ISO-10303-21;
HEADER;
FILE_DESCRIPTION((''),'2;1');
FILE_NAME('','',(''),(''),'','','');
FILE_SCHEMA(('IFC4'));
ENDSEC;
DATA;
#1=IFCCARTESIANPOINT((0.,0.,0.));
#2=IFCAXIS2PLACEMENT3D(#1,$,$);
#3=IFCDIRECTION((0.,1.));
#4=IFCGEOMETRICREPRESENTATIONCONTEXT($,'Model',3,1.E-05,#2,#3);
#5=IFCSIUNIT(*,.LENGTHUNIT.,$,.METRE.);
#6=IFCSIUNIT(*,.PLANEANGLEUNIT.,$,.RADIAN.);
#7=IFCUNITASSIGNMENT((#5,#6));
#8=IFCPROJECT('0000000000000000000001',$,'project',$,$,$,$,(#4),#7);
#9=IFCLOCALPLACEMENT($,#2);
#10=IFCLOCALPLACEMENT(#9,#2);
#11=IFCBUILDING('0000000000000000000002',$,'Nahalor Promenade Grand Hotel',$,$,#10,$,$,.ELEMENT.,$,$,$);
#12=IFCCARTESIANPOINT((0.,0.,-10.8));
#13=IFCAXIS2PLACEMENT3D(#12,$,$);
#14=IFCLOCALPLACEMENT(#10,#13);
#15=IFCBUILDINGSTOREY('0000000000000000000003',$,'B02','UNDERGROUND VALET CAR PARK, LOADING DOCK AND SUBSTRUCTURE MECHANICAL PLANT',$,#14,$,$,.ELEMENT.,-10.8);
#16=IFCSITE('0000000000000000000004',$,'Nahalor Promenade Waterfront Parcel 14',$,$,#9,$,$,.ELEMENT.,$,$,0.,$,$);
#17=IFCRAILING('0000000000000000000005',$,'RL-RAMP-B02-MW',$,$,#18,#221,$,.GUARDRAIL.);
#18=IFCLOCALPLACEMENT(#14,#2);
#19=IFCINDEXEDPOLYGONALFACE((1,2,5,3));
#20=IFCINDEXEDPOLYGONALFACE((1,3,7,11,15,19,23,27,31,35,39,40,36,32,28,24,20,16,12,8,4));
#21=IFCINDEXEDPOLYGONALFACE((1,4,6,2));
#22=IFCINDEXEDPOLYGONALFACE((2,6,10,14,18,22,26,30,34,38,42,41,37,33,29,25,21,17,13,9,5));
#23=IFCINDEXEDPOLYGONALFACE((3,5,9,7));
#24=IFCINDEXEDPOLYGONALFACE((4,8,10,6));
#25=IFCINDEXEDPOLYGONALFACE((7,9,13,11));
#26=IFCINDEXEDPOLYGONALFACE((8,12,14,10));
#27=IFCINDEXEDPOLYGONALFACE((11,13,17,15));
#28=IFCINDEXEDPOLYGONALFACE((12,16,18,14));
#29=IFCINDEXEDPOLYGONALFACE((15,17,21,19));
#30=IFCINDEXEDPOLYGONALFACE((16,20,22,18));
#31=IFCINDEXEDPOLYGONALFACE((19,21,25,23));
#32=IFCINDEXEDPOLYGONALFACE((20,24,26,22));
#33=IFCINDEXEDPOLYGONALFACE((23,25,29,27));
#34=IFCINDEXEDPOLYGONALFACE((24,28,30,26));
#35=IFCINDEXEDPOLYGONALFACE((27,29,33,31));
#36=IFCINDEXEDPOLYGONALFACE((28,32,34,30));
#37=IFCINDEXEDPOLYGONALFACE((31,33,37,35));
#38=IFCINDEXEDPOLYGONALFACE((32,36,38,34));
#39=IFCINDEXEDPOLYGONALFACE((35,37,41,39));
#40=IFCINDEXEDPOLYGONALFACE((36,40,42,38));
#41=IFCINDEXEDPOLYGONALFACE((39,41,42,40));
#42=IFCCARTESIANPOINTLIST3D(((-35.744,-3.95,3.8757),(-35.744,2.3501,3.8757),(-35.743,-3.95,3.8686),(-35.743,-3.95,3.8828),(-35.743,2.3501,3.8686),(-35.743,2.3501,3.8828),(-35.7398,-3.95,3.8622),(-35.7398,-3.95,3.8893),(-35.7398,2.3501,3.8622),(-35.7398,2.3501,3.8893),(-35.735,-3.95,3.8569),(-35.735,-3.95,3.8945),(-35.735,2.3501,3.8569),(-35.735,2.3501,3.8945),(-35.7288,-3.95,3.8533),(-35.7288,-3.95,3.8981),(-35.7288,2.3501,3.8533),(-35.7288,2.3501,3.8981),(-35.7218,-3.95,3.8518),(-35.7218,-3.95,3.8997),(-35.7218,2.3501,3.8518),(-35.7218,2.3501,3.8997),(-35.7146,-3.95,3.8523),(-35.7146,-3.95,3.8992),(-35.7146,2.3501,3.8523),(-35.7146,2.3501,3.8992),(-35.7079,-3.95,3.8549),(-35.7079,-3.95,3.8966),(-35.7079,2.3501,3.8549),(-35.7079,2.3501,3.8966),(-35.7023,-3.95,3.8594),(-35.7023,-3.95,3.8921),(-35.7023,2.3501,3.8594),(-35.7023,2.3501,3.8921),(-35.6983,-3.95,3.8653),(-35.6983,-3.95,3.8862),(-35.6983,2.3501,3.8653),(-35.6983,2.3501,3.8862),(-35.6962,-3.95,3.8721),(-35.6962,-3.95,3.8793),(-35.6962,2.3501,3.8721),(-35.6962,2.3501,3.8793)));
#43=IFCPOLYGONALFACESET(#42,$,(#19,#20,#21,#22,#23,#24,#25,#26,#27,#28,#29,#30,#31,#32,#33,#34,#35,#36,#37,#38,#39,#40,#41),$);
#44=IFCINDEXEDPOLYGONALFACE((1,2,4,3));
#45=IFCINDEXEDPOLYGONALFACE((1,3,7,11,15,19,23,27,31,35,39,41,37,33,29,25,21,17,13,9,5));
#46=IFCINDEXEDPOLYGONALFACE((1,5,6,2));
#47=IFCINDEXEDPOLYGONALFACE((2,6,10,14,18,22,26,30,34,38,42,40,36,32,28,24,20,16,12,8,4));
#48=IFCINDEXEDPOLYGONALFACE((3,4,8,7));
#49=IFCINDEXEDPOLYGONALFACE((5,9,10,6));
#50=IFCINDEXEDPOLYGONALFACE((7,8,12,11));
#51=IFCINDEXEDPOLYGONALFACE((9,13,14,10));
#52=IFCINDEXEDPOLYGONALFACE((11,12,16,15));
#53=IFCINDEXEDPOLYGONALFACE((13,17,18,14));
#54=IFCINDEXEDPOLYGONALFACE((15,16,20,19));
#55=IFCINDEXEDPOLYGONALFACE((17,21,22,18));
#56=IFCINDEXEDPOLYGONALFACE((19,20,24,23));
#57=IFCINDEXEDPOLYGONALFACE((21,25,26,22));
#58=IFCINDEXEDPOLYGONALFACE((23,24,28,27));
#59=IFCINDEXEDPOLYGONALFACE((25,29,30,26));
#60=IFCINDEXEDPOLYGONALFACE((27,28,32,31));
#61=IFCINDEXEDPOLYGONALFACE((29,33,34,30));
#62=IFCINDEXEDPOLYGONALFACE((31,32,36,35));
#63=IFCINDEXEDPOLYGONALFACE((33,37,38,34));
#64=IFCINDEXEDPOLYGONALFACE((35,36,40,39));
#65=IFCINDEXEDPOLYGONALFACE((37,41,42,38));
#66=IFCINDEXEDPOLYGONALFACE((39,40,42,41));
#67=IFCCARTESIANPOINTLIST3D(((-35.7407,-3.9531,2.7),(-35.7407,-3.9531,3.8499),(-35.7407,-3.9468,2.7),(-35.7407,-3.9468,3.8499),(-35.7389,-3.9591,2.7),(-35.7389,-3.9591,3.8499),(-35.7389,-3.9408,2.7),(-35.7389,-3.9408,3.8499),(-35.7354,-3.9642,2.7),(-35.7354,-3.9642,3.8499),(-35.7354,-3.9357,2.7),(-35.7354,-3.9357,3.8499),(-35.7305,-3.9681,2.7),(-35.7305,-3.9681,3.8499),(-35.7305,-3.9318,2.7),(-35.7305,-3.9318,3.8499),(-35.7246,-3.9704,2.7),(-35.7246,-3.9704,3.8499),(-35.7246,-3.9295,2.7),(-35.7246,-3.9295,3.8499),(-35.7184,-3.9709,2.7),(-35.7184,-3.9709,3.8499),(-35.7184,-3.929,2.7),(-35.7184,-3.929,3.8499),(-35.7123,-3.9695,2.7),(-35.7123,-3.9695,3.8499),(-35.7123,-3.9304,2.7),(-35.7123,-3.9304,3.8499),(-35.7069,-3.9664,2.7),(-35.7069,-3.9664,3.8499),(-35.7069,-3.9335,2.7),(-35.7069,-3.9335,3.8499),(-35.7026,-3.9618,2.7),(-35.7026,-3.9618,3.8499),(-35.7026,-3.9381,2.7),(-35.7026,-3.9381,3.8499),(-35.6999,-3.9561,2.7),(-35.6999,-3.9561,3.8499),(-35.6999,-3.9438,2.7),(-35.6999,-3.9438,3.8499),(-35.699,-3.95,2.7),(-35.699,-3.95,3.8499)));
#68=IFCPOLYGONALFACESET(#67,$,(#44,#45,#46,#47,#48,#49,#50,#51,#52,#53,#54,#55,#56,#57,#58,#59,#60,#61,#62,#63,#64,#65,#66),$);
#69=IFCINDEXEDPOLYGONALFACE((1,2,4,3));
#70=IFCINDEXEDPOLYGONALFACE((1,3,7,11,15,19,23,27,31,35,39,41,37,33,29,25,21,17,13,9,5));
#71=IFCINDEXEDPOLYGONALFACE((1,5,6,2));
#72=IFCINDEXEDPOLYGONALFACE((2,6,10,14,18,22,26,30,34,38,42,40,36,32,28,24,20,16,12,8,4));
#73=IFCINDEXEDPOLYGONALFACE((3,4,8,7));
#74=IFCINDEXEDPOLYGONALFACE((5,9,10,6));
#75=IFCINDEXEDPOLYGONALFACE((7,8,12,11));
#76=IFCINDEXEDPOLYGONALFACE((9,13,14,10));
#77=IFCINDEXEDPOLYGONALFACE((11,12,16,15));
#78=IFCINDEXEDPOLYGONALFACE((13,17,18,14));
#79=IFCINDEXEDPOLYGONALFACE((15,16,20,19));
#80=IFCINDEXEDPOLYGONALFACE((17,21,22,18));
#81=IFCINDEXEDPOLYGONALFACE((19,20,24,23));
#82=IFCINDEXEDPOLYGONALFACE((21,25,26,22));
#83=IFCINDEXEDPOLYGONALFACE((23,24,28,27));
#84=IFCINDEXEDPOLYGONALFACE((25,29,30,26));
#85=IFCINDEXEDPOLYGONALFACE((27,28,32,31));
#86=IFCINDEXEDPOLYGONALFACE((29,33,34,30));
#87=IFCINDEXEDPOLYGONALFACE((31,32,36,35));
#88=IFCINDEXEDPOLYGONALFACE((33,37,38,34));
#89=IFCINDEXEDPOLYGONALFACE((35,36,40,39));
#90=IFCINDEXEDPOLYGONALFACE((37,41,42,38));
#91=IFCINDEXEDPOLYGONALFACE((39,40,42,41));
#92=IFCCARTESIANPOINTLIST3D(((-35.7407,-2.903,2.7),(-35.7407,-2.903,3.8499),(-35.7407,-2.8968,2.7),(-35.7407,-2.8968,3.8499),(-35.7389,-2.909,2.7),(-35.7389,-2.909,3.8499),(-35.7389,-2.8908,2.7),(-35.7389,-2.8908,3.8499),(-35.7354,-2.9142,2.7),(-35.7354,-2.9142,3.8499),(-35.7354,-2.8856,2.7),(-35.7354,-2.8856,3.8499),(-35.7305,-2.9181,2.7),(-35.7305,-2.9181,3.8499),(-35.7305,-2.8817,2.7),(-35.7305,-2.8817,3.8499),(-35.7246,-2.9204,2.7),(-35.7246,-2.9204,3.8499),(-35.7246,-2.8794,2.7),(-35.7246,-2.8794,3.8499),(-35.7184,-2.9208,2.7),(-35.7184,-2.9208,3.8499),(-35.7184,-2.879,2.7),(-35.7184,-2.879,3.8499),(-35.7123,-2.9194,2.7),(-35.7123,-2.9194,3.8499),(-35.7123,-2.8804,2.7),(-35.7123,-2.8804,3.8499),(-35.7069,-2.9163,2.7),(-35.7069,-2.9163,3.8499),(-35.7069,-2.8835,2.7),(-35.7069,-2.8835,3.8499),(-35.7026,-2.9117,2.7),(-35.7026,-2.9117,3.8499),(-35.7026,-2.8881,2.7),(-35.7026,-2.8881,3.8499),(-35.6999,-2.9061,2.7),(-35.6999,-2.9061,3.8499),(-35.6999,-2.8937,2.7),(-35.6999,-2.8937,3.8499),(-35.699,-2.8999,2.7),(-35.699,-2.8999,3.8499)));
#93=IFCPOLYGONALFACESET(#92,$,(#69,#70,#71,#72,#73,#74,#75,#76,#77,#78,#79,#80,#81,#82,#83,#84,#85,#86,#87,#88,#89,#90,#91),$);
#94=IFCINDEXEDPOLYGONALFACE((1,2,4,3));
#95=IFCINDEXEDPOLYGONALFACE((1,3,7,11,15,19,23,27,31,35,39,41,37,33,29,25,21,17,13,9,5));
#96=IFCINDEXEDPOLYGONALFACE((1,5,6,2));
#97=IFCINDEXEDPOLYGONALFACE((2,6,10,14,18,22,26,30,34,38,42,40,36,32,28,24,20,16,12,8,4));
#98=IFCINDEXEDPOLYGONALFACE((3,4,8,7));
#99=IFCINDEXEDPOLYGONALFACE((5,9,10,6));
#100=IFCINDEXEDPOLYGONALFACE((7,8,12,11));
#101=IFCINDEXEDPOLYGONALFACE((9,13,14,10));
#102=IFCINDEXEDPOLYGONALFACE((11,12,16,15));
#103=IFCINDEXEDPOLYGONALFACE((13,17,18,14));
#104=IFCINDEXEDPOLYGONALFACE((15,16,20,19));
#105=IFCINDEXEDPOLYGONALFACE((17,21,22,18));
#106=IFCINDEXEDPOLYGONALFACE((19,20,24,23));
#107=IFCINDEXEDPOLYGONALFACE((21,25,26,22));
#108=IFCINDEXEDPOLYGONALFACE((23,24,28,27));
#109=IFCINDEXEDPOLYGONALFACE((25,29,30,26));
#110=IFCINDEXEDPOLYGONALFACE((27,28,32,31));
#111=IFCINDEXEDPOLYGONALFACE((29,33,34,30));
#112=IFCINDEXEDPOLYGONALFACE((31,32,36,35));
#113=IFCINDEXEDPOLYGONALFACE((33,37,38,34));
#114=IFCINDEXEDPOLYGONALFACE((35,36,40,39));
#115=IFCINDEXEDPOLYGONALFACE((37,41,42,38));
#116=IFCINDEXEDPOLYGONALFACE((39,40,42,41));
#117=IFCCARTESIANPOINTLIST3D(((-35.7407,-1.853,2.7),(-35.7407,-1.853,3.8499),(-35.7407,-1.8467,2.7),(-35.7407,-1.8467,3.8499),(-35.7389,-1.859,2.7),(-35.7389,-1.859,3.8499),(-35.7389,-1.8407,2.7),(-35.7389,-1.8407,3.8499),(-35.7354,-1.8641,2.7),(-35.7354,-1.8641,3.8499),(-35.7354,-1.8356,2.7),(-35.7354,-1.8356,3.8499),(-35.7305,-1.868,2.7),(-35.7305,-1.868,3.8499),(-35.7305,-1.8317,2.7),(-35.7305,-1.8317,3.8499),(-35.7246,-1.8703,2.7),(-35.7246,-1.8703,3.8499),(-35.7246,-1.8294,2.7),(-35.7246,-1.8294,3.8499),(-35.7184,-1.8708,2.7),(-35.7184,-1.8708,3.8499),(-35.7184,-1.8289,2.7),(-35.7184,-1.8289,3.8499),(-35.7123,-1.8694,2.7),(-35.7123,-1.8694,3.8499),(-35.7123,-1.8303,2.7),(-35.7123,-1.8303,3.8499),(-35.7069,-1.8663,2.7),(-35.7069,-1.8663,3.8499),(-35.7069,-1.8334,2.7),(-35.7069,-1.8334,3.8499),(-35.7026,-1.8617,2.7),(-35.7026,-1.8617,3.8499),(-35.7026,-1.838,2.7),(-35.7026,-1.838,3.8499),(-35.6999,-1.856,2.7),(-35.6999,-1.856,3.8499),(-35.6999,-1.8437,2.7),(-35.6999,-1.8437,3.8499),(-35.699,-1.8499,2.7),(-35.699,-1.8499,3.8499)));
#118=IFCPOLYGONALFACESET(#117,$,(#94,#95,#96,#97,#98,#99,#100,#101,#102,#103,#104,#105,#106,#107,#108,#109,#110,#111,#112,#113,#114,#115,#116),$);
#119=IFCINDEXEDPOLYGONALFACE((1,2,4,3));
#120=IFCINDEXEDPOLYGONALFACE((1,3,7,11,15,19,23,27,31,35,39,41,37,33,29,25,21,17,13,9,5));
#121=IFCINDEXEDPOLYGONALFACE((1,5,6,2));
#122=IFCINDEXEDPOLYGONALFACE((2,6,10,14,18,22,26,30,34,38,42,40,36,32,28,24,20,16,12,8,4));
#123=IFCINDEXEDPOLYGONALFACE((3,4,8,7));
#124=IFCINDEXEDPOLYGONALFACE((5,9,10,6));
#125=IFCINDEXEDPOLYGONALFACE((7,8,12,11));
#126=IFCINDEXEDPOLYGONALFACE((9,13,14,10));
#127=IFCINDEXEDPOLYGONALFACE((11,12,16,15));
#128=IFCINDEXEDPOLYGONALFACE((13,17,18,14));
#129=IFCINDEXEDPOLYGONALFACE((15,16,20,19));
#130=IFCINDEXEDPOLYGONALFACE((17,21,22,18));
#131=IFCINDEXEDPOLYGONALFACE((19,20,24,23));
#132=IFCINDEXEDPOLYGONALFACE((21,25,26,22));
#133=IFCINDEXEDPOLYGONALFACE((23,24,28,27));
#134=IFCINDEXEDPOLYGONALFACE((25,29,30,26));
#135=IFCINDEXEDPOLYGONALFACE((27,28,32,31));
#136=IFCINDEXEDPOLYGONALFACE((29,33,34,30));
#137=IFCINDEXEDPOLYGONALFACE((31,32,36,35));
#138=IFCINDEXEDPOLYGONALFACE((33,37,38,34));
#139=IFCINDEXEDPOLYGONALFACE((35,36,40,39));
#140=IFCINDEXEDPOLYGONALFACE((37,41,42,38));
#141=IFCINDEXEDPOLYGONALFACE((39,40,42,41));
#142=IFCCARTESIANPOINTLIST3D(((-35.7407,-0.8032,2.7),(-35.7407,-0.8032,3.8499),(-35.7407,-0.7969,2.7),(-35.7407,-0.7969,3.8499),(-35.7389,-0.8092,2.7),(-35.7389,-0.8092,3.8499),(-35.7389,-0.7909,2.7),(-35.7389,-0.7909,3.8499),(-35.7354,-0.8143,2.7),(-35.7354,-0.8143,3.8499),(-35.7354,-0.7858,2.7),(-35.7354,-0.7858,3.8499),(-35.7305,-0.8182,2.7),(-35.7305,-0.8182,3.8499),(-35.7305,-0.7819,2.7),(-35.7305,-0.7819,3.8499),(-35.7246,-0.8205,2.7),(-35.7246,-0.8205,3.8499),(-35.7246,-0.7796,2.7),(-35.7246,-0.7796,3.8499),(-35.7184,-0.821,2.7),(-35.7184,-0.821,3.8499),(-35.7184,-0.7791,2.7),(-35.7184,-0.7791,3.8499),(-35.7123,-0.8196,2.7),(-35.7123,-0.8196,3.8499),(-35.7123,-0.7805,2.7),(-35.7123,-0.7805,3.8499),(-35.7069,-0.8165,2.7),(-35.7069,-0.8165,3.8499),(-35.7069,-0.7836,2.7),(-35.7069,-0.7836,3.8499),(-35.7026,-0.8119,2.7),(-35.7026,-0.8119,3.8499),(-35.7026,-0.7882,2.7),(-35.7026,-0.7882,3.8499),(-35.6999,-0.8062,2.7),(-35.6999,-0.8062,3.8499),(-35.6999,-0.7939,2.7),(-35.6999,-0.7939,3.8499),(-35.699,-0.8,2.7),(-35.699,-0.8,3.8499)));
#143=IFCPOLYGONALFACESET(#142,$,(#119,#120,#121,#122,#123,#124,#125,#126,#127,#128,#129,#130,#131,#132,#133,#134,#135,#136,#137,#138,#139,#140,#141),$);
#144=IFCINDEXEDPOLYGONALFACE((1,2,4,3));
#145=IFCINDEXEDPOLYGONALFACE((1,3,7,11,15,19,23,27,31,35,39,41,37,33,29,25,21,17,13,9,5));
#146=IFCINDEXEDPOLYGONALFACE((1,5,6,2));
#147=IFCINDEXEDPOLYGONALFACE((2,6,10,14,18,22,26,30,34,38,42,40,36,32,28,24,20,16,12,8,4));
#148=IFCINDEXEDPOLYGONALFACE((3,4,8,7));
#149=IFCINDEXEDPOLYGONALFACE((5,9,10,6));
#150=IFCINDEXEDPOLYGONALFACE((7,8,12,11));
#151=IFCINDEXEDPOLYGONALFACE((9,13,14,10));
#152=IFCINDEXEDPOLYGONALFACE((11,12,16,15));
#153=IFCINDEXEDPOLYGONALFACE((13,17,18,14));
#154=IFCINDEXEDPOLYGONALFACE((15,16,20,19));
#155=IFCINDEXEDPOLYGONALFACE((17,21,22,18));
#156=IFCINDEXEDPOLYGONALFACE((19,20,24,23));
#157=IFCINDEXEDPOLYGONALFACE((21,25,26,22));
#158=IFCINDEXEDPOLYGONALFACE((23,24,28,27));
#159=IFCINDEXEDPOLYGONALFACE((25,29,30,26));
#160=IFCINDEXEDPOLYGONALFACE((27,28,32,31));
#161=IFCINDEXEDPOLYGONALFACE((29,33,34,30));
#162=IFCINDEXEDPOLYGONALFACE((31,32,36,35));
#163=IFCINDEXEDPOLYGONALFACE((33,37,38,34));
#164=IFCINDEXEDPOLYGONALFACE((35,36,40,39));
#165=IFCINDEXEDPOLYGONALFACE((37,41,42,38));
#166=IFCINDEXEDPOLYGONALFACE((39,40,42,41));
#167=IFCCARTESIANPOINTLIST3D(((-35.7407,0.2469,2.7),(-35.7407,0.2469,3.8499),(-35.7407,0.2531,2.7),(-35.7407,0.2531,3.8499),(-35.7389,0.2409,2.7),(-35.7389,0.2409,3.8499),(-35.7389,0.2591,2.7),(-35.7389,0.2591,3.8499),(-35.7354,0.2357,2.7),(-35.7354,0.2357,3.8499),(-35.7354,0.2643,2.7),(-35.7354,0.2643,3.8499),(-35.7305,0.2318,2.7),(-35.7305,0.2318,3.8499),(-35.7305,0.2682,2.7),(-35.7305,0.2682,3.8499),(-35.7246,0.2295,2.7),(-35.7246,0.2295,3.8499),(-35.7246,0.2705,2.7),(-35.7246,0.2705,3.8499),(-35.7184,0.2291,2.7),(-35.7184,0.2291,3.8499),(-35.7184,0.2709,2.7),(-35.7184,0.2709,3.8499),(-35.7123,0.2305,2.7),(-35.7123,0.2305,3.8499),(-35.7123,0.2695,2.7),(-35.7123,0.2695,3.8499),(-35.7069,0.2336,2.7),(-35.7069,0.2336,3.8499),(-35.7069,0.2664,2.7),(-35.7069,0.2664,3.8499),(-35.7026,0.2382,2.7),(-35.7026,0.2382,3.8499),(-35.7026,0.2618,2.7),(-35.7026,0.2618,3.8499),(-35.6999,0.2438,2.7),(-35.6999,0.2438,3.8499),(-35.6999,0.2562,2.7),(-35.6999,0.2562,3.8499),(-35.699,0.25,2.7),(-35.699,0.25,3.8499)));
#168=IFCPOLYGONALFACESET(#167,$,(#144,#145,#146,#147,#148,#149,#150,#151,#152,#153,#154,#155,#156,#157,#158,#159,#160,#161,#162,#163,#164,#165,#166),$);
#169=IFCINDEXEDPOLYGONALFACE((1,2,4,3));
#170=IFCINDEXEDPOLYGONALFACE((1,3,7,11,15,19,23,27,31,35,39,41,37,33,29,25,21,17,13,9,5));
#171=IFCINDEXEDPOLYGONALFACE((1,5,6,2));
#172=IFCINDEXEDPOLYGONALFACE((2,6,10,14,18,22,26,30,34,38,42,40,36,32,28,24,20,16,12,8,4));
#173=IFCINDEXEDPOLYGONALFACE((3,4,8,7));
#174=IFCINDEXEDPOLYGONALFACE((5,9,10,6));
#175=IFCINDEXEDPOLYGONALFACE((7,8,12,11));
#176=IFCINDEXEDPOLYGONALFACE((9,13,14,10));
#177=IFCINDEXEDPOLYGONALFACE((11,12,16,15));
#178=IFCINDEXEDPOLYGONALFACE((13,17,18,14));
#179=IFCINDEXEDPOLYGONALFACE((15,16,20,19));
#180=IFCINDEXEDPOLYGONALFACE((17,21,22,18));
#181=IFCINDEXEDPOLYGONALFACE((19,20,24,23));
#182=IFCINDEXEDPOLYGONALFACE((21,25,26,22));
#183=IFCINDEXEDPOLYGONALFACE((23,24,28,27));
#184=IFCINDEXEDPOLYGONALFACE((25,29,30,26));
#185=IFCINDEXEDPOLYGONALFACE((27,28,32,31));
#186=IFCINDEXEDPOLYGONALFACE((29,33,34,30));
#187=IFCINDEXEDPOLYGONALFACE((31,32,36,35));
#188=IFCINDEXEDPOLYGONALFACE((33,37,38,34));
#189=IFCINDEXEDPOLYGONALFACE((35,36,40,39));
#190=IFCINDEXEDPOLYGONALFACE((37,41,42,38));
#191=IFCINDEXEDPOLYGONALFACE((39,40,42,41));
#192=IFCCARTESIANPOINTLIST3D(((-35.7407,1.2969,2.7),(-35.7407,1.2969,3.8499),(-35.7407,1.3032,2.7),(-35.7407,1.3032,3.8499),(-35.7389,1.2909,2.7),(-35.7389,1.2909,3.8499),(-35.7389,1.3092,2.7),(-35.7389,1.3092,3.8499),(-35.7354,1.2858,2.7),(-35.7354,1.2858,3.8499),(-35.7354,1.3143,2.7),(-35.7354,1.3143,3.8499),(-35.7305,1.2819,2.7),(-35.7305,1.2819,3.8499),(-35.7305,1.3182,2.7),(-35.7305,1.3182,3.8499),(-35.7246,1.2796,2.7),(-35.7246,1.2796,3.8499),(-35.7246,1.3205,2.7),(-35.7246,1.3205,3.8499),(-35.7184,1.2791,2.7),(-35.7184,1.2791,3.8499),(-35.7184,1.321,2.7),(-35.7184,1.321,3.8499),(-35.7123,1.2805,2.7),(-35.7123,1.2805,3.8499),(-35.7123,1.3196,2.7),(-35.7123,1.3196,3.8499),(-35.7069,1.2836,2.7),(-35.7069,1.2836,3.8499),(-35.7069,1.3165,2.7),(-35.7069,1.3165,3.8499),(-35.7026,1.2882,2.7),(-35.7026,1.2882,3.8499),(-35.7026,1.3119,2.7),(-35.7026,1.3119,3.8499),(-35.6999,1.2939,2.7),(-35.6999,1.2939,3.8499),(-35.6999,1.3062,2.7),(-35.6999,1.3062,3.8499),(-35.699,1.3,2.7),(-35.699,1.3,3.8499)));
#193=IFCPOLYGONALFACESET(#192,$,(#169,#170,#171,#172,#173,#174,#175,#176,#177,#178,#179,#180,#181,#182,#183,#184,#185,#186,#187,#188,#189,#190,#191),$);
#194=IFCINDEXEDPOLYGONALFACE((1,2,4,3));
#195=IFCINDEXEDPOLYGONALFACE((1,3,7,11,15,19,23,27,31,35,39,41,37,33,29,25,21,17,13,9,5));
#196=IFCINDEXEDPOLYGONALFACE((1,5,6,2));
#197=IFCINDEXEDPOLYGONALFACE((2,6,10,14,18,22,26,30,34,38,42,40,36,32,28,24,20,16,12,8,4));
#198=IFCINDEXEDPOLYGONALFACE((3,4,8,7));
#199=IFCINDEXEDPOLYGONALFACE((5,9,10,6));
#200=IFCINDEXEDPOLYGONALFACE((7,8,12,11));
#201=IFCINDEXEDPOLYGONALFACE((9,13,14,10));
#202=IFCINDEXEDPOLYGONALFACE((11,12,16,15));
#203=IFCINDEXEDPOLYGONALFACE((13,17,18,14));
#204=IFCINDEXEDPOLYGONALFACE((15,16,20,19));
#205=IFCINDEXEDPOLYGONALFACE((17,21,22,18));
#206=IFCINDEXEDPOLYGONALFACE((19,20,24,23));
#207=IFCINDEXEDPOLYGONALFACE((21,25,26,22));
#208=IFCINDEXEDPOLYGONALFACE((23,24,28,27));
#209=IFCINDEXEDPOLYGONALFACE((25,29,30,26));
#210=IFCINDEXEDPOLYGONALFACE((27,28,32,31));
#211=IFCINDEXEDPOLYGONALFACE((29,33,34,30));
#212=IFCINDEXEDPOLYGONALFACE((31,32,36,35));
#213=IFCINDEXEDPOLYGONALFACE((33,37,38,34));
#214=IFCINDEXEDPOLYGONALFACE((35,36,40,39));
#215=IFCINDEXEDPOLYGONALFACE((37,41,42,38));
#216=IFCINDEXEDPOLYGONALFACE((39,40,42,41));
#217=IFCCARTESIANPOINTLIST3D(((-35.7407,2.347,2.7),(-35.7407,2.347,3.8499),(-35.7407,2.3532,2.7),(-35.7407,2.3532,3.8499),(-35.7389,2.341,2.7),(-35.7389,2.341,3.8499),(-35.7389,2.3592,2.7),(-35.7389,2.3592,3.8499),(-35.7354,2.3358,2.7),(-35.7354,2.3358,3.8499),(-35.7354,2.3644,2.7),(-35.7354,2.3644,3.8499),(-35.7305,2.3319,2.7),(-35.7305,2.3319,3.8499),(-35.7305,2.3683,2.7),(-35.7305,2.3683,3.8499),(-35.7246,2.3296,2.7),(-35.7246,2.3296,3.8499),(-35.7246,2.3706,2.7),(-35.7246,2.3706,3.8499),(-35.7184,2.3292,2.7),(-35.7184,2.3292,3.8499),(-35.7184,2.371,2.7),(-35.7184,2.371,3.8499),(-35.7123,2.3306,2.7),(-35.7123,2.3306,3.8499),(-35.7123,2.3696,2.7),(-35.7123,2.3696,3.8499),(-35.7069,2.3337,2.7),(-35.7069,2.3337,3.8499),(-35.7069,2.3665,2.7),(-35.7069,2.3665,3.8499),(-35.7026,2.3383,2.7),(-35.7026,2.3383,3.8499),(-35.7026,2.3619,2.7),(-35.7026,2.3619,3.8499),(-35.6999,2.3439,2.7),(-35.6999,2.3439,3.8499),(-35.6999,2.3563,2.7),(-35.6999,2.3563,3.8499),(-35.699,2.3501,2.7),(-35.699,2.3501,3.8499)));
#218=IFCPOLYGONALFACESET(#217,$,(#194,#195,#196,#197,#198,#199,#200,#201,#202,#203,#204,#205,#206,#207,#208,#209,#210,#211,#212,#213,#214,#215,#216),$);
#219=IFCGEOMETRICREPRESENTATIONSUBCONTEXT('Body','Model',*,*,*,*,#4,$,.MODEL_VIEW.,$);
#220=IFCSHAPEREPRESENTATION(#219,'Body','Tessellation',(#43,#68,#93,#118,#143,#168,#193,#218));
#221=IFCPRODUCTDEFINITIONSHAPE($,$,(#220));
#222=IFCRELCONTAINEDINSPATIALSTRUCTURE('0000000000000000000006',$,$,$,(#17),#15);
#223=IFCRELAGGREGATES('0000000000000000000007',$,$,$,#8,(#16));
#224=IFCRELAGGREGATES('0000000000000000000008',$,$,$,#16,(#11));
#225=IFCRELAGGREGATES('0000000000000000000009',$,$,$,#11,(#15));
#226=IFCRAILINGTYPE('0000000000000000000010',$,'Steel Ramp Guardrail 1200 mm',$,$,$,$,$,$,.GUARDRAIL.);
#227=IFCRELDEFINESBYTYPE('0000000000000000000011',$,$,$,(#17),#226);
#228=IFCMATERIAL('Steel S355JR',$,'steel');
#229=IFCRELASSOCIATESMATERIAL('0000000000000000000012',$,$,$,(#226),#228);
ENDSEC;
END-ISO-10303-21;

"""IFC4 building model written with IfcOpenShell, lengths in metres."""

from ifc_helpers import new_model, si_unit, direction, frame, origin, origin_2d, place, context, subcontext, project, spatial, circle, extrude, material, type_object, element, save


model = new_model("IFC4")

# Units and contexts
model_context = context("Model", 3, precision=1e-05, world=origin(), true_north=direction((0.0, 1.0)))
body_context = subcontext(model_context, "Body", "Model", "MODEL_VIEW")
ifc_project = project(units=[si_unit("LENGTHUNIT", "METRE"), si_unit("PLANEANGLEUNIT", "RADIAN")], contexts=[model_context])

# Site, building, storey
site_placement = place(None, origin())
site = spatial("IfcSite", under=ifc_project, at=site_placement, Name="Nahalor Promenade Waterfront Parcel 14", CompositionType="ELEMENT", RefElevation=0.0)
building_placement = place(site_placement, origin())
building = spatial("IfcBuilding", under=site, at=building_placement, Name="Nahalor Promenade Grand Hotel", CompositionType="ELEMENT")
storey_placement = place(building_placement, frame((0.0, 0.0, -10.8)))
storey = spatial("IfcBuildingStorey", under=building, at=storey_placement, Name="B02", Description="UNDERGROUND VALET CAR PARK, LOADING DOCK AND SUBSTRUCTURE MECHANICAL PLANT", CompositionType="ELEMENT", Elevation=-10.8)

# Shared definitions
ifc_material_1 = material(Name="Steel S355JR", Category="steel")

# Railing
railing_type = type_object("IfcRailingType", Name="Steel Ramp Guardrail 1200 mm", PredefinedType="GUARDRAIL", material=ifc_material_1)
for number, where, name in (
    (1, (-35.72, -3.95, 2.7), "RL-RAMP-B02-MW"),
):
    element("IfcRailing", number, at=place(storey_placement, frame(where)), inside=storey, type_object=railing_type, Name=name, PredefinedType="GUARDRAIL", context=body_context, shape_type="SweptSolid", body=[
        extrude(circle(Radius=0.024, at=origin_2d()), frame((0.0, 0.0, 1.1758), z_axis=(0.0, 1.0, 0.0), x_axis=(-1.0, 0.0, 0.0)), (0.0, 0.0, 1.0), 6.3),
        extrude(circle(Radius=0.021, at=origin_2d()), origin(), (0.0, 0.0, 1.0), 1.1499),
        extrude(circle(Radius=0.021, at=origin_2d()), frame((0.0, 1.05, 0.0)), (0.0, 0.0, 1.0), 1.1499),
        extrude(circle(Radius=0.021, at=origin_2d()), frame((0.0, 2.1001, 0.0)), (0.0, 0.0, 1.0), 1.1499),
        extrude(circle(Radius=0.021, at=origin_2d()), frame((0.0, 3.1499, 0.0)), (0.0, 0.0, 1.0), 1.1499),
        extrude(circle(Radius=0.021, at=origin_2d()), frame((0.0, 4.2, 0.0)), (0.0, 0.0, 1.0), 1.1499),
        extrude(circle(Radius=0.021, at=origin_2d()), frame((0.0, 5.25, 0.0)), (0.0, 0.0, 1.0), 1.1499),
        extrude(circle(Radius=0.021, at=origin_2d()), frame((0.0, 6.3, 0.0)), (0.0, 0.0, 1.0), 1.1499),
    ])

save(model, "model.ifc")
